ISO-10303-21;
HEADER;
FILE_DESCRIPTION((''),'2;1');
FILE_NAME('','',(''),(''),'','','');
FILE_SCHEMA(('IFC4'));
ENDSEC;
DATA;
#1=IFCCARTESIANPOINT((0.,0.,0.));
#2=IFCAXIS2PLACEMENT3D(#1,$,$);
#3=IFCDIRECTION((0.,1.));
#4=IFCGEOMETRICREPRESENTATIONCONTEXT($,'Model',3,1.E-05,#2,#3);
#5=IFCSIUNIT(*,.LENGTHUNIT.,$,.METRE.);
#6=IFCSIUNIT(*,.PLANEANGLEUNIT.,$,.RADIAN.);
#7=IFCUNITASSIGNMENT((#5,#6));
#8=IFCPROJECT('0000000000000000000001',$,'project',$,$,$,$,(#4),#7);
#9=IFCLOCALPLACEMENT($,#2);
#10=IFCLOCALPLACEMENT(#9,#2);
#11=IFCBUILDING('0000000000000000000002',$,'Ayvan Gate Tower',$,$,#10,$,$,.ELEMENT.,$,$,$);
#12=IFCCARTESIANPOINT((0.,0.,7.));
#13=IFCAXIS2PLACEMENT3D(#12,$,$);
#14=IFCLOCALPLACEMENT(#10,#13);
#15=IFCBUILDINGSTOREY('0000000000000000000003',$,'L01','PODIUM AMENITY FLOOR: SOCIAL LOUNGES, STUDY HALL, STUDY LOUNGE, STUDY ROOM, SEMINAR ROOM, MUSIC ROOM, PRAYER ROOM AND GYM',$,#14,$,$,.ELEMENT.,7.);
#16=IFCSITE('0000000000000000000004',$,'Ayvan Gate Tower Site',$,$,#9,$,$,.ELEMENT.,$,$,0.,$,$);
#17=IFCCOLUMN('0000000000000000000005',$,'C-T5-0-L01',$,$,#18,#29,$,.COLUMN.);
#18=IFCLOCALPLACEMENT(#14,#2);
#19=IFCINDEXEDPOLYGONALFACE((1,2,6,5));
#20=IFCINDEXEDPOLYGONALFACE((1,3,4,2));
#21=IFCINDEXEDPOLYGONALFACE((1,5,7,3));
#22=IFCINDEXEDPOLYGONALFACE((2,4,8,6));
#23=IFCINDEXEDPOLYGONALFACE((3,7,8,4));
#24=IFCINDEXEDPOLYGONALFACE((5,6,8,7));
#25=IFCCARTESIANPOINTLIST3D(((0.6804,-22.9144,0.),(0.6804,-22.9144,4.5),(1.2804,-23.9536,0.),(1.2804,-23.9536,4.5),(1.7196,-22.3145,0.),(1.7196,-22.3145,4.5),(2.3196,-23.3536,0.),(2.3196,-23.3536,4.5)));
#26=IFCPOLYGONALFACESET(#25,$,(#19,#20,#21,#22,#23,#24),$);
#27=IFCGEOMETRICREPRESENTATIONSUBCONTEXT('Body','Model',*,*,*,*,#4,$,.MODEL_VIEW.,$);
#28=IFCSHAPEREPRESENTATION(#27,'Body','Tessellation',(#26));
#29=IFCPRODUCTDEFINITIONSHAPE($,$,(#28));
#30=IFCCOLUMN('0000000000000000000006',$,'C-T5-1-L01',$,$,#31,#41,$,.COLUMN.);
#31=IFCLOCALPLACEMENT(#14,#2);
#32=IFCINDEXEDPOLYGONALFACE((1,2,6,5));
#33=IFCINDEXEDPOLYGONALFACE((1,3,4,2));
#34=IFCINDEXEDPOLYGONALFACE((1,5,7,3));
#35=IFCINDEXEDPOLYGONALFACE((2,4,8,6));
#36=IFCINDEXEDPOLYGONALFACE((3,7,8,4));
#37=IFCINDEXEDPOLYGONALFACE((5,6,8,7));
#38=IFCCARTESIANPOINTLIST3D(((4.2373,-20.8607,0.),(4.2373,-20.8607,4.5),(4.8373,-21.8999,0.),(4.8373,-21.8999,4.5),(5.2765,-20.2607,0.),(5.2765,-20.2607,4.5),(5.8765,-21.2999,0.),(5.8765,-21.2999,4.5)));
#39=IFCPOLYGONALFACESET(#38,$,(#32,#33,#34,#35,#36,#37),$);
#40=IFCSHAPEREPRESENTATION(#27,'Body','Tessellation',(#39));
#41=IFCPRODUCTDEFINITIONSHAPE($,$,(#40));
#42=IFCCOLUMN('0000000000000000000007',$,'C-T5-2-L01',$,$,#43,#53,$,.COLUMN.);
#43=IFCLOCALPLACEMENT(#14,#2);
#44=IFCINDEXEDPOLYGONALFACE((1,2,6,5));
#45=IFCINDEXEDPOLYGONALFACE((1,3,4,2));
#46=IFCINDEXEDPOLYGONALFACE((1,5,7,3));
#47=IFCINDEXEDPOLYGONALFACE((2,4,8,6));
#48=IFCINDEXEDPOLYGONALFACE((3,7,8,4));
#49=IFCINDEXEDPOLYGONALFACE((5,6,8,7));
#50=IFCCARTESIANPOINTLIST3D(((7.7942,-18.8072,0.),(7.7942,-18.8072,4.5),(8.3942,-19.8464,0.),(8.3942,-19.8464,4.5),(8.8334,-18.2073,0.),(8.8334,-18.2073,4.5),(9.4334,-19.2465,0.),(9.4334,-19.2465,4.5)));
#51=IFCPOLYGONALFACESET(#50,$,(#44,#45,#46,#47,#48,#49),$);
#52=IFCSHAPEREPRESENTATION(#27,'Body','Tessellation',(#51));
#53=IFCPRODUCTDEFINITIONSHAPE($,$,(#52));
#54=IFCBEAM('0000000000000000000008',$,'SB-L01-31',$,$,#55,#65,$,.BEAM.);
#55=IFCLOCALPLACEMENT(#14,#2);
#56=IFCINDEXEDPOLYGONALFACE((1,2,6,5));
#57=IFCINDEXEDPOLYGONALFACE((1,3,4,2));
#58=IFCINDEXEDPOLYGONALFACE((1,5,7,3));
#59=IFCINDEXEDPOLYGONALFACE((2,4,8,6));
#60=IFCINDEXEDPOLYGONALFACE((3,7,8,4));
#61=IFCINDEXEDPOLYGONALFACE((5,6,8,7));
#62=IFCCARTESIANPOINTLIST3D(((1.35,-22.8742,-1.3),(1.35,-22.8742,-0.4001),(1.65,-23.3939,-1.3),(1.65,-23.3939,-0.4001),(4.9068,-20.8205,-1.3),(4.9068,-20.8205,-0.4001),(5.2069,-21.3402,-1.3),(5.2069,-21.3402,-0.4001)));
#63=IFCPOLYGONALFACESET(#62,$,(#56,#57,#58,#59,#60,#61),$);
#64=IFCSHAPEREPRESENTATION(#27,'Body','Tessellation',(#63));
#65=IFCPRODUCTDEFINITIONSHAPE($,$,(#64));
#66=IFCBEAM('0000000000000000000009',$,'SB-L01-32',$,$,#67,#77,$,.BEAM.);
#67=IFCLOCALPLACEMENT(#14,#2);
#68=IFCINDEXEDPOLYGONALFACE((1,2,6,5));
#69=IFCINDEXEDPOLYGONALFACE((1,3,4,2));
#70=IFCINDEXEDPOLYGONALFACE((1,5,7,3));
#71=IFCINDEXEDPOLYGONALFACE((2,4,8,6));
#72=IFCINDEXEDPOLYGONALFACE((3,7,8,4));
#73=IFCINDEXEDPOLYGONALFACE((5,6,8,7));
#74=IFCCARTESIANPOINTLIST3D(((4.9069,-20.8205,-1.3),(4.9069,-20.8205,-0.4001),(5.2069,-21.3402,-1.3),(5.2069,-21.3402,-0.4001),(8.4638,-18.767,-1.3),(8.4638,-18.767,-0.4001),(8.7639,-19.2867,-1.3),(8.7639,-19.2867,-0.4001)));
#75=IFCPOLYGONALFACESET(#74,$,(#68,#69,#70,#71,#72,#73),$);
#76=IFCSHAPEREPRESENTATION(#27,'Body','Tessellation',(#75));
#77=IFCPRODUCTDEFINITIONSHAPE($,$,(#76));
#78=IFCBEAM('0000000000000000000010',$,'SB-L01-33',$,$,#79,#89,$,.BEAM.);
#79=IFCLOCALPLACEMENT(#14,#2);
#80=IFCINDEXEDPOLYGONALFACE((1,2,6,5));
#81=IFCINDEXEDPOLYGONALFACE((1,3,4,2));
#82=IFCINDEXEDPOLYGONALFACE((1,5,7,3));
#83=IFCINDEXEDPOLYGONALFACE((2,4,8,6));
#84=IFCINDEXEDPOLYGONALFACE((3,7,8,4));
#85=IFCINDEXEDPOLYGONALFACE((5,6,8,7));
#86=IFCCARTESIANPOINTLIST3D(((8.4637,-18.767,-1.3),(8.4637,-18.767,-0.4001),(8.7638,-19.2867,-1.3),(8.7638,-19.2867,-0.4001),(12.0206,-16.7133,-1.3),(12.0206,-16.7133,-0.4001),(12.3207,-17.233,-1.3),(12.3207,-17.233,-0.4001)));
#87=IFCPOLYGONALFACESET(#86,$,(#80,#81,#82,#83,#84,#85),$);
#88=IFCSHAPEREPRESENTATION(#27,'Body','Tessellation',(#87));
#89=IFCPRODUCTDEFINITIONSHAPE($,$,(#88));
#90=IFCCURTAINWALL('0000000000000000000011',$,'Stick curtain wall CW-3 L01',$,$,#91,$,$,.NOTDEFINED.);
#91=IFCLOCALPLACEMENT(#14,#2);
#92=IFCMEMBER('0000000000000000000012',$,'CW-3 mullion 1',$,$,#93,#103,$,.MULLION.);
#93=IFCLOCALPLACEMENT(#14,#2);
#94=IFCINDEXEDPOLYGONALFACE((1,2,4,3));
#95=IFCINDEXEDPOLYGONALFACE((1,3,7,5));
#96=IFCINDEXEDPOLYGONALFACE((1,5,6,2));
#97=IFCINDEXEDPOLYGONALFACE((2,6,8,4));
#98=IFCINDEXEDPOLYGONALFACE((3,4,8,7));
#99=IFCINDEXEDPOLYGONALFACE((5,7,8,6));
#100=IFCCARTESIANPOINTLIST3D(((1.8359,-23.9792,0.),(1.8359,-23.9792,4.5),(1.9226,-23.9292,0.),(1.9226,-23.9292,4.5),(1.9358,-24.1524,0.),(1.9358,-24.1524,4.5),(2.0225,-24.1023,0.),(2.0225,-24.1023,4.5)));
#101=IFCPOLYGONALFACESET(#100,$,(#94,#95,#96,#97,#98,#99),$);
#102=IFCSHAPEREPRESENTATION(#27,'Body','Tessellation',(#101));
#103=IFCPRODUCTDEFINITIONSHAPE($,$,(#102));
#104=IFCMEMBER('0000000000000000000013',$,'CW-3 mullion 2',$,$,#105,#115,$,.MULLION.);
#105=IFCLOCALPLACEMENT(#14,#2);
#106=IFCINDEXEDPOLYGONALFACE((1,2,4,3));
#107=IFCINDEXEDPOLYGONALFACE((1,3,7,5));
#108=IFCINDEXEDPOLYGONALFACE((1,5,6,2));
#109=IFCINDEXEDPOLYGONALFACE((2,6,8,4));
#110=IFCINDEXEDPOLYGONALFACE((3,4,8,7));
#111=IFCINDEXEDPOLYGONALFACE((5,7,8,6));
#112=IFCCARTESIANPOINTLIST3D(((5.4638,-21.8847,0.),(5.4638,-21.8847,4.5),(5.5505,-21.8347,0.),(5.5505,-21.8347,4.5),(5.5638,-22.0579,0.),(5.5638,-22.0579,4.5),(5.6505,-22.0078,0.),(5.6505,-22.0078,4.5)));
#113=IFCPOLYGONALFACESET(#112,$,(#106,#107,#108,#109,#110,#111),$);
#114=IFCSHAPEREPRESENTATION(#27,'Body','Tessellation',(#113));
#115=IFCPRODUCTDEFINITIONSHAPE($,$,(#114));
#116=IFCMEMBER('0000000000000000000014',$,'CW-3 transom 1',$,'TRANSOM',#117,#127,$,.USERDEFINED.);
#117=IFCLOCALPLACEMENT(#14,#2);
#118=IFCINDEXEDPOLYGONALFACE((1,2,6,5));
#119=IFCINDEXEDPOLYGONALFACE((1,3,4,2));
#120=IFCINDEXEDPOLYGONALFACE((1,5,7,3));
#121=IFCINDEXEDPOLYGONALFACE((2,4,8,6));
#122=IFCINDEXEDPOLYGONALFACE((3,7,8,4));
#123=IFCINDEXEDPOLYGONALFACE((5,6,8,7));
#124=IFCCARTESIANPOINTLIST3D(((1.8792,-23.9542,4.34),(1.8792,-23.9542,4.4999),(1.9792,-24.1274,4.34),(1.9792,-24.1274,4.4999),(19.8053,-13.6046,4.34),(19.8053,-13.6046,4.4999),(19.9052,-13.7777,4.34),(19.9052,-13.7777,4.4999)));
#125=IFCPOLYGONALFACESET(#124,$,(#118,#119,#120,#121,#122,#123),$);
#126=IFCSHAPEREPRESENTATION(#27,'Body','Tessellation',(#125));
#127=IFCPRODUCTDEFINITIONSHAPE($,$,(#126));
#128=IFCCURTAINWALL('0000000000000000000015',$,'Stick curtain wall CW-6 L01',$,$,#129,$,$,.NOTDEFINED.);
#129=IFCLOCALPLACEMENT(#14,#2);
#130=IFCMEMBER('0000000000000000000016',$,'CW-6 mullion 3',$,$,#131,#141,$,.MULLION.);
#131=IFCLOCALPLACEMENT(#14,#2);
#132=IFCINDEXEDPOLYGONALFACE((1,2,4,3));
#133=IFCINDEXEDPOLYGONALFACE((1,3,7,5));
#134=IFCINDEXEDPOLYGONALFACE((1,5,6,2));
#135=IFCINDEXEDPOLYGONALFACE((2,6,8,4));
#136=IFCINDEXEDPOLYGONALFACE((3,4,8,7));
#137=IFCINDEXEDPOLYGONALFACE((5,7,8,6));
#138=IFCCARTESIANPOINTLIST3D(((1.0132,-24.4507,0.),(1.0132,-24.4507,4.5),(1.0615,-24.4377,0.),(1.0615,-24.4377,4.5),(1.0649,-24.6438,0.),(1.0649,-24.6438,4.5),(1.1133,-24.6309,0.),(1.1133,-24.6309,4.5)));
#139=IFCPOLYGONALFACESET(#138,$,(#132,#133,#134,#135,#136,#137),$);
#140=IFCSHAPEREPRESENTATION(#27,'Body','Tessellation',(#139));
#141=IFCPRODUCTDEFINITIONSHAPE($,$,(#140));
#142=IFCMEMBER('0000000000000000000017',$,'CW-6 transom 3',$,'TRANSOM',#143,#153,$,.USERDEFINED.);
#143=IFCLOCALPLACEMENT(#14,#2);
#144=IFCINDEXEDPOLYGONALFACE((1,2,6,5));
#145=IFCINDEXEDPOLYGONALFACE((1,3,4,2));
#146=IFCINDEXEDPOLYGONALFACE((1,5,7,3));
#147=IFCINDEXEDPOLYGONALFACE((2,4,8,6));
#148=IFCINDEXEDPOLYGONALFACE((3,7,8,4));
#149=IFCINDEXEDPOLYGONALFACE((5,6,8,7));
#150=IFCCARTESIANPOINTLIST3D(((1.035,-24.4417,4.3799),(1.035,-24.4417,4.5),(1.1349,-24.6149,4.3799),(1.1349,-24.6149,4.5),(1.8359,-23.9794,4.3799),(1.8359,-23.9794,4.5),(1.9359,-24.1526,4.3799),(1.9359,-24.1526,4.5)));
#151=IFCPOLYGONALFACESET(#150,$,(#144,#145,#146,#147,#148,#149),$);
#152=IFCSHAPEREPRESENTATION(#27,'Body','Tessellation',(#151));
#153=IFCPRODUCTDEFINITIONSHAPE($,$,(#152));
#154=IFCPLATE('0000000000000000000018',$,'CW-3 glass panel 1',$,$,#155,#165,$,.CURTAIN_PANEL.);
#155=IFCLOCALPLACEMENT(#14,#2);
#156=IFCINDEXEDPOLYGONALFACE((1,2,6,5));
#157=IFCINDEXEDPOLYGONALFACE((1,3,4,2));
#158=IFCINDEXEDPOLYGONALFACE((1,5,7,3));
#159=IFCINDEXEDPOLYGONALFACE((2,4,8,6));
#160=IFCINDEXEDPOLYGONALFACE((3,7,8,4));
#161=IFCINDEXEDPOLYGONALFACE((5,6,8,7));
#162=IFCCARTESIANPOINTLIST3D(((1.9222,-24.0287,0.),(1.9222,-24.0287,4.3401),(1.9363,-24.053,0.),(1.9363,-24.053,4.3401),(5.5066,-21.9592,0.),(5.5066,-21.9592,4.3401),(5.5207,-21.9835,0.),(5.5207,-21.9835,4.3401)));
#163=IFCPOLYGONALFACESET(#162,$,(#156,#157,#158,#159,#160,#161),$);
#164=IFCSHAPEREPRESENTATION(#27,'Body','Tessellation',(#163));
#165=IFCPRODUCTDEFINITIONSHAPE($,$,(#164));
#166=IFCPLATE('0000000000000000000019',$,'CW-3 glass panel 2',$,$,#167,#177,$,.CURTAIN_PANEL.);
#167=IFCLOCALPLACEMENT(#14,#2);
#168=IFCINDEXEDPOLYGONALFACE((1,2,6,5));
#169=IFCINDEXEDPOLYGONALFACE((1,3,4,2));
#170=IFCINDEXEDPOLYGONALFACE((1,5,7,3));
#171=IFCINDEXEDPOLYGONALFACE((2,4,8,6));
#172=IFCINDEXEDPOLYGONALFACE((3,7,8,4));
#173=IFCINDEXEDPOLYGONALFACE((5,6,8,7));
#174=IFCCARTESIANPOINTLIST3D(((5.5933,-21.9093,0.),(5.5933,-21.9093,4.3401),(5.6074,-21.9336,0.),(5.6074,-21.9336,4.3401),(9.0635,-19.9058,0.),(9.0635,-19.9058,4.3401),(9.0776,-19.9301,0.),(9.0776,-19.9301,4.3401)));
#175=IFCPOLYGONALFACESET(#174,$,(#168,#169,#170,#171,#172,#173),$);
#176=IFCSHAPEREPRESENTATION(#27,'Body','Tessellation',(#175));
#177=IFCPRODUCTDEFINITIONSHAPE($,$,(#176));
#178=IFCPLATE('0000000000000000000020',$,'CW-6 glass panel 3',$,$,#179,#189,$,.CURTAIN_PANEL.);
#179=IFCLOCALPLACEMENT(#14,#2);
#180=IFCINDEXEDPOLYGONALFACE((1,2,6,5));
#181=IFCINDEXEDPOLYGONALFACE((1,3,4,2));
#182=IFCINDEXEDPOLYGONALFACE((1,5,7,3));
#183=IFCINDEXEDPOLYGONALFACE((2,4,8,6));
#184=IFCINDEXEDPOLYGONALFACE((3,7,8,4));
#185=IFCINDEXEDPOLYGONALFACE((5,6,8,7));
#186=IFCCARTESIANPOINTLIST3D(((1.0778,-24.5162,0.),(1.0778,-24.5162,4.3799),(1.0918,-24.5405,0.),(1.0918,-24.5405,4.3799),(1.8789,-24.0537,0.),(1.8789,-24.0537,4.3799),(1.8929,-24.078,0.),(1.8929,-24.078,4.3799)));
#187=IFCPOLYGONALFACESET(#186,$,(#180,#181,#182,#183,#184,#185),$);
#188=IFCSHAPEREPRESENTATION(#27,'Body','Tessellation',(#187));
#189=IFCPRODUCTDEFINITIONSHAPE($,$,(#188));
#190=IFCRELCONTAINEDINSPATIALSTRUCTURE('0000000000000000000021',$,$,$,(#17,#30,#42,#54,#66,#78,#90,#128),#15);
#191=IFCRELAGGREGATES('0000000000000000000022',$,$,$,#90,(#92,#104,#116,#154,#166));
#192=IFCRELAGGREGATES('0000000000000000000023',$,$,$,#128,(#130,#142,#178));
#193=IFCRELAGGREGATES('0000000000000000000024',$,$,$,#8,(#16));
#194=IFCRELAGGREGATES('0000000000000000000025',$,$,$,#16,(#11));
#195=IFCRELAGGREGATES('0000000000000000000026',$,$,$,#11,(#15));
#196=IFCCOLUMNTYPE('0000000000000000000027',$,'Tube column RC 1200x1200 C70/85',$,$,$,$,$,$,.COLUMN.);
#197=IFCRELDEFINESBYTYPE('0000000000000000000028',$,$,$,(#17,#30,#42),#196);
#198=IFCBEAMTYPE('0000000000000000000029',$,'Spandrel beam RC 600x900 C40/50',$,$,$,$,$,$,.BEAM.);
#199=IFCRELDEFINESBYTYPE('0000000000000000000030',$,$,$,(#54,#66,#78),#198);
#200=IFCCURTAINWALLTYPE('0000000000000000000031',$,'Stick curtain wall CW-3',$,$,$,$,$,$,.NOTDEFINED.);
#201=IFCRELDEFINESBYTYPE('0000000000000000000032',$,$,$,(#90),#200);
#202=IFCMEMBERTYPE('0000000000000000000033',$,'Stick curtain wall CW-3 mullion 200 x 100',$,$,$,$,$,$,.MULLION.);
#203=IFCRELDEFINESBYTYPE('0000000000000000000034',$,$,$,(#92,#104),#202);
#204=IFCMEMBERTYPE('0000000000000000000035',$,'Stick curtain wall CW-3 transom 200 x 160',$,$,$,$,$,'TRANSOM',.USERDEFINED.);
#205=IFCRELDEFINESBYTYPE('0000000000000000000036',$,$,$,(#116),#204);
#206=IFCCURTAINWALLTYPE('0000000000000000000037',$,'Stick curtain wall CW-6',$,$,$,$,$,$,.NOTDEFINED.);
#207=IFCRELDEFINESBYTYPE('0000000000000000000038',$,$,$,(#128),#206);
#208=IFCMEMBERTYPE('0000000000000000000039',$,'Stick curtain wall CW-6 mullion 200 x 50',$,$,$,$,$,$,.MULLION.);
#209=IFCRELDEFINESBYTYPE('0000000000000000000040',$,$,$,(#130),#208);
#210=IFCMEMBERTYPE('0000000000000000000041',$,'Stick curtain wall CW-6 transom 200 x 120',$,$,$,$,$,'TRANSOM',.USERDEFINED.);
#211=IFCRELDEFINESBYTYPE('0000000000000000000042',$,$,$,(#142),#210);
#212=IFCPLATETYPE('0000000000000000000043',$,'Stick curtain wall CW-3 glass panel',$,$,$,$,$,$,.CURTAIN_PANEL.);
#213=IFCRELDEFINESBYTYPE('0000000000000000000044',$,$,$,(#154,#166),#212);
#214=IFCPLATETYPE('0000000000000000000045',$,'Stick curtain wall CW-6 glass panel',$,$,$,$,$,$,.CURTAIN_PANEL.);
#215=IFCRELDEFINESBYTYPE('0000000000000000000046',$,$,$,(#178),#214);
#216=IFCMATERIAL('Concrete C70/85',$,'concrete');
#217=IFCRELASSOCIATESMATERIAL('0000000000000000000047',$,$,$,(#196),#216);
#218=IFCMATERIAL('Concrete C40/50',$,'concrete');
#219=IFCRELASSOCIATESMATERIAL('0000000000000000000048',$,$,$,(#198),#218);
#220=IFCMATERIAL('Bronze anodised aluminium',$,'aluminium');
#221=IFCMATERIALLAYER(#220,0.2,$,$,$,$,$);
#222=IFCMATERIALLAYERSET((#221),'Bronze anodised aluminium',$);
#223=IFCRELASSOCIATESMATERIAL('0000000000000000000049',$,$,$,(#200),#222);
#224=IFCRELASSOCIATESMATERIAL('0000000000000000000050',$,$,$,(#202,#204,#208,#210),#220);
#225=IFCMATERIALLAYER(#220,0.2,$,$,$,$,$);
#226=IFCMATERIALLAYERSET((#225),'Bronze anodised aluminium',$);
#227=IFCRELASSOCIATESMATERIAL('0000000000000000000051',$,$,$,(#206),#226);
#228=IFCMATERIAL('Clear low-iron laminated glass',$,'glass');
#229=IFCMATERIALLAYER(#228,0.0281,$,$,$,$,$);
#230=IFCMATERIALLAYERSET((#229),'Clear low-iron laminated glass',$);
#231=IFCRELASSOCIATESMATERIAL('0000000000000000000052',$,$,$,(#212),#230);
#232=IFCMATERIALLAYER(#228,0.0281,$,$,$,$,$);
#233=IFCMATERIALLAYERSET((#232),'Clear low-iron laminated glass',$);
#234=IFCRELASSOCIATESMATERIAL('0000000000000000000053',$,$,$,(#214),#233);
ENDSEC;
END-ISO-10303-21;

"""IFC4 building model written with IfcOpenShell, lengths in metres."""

from ifc_helpers import new_model, si_unit, direction, frame, origin, origin_2d, place, context, subcontext, project, spatial, rectangle, extrude, material, layer, layer_set, material_profile, profile_set, type_object, element, aggregate, save


model = new_model("IFC4")

# Units and contexts
model_context = context("Model", 3, precision=1e-05, world=origin(), true_north=direction((0.0, 1.0)))
body_context = subcontext(model_context, "Body", "Model", "MODEL_VIEW")
ifc_project = project(units=[si_unit("LENGTHUNIT", "METRE"), si_unit("PLANEANGLEUNIT", "RADIAN")], contexts=[model_context])

# Site, building, storey
site_placement = place(None, origin())
site = spatial("IfcSite", under=ifc_project, at=site_placement, Name="Ayvan Gate Tower Site", CompositionType="ELEMENT", RefElevation=0.0)
building_placement = place(site_placement, origin())
building = spatial("IfcBuilding", under=site, at=building_placement, Name="Ayvan Gate Tower", CompositionType="ELEMENT")
storey_placement = place(building_placement, frame((0.0, 0.0, 7.0)))
storey = spatial("IfcBuildingStorey", under=building, at=storey_placement, Name="L01", Description="PODIUM AMENITY FLOOR: SOCIAL LOUNGES, STUDY HALL, STUDY LOUNGE, STUDY ROOM, SEMINAR ROOM, MUSIC ROOM, PRAYER ROOM AND GYM", CompositionType="ELEMENT", Elevation=7.0)

# Columns
ifc_material_1 = material(Name="Concrete C70/85", Category="concrete")
ifc_material_profile_1 = material_profile(ifc_material_1, rectangle(XDim=1.2, YDim=1.2, at=origin_2d()), Name="RC 1200x1200")
ifc_profile_set_1 = profile_set([ifc_material_profile_1], Name="Concrete C70/85")
column_type = type_object("IfcColumnType", Name="Tube column RC 1200x1200 C70/85", PredefinedType="COLUMN", material=ifc_profile_set_1)
for number, where, z_axis, x_axis, name in (
    (1, (1.5, -23.134, 0.0), (0.0, 0.0, 1.0), (0.5, -0.866025, 0.0), "C-T5-0-L01"),
    (2, (5.0569, -21.0803, 0.0), (0.0, 0.0, 1.0), (0.5, -0.866025, 0.0), "C-T5-1-L01"),
    (3, (8.6138, -19.0269, 0.0), (0.0, 0.0, 1.0), (0.5, -0.866025, 0.0), "C-T5-2-L01"),
):
    element("IfcColumn", number, at=place(storey_placement, frame(where, z_axis=z_axis, x_axis=x_axis)), inside=storey, type_object=column_type, Name=name, PredefinedType="COLUMN", context=body_context, shape_type="SweptSolid", body=[
        extrude(rectangle(XDim=1.2, YDim=1.2, at=origin_2d()), origin(), (0.0, 0.0, 1.0), 4.5),
    ])

# Beams
ifc_material_2 = material(Name="Concrete C40/50", Category="concrete")
ifc_material_profile_2 = material_profile(ifc_material_2, rectangle(XDim=0.6001, YDim=0.8999, at=origin_2d()), Name="RC 600x900")
ifc_profile_set_2 = profile_set([ifc_material_profile_2], Name="Concrete C40/50")
beam_type = type_object("IfcBeamType", Name="Spandrel beam RC 600x900 C40/50", PredefinedType="BEAM", material=ifc_profile_set_2)
for number, where, z_axis, x_axis, name in (
    (4, (1.5, -23.134, -0.8501), (0.86601, 0.500026, 0.0), (-0.500026, 0.86601, 0.0), "SB-L01-31"),
    (5, (5.0569, -21.0803, -0.8501), (0.866036, 0.499981, 0.0), (-0.499981, 0.866036, 0.0), "SB-L01-32"),
    (6, (8.6138, -19.0269, -0.8501), (0.86601, 0.500026, 0.0), (-0.500026, 0.86601, 0.0), "SB-L01-33"),
):
    element("IfcBeam", number, at=place(storey_placement, frame(where, z_axis=z_axis, x_axis=x_axis)), inside=storey, type_object=beam_type, Name=name, PredefinedType="BEAM", context=body_context, shape_type="SweptSolid", body=[
        extrude(rectangle(XDim=0.6001, YDim=0.8999, at=origin_2d()), origin(), (0.0, 0.0, 1.0), 4.1072),
    ])

# Curtain walls, members
ifc_material_3 = material(Name="Bronze anodised aluminium", Category="aluminium")
ifc_layer_1 = layer(ifc_material_3, 0.2)
ifc_layer_set_1 = layer_set([ifc_layer_1], Name="Bronze anodised aluminium")
curtain_wall_type_1 = type_object("IfcCurtainWallType", Name="Stick curtain wall CW-3", PredefinedType="NOTDEFINED", material=ifc_layer_set_1)
curtain_wall_1_placement = place(storey_placement, origin())
curtain_wall_1 = element("IfcCurtainWall", 7, at=curtain_wall_1_placement, inside=storey, type_object=curtain_wall_type_1, Name="Stick curtain wall CW-3 L01", PredefinedType="NOTDEFINED")
ifc_material_profile_3 = material_profile(ifc_material_3, rectangle(XDim=0.2, YDim=0.1001, at=origin_2d()), Name="Stick curtain wall CW-3 mullion 200 x 100")
ifc_profile_set_3 = profile_set([ifc_material_profile_3], Name="Bronze anodised aluminium")
member_type_1 = type_object("IfcMemberType", Name="Stick curtain wall CW-3 mullion 200 x 100", PredefinedType="MULLION", material=ifc_profile_set_3)
member_1_placement = place(storey_placement, frame((1.9292, -24.0408, 0.0), z_axis=(0.0, 0.0, 1.0), x_axis=(0.5, -0.866025, 0.0)))
member_1 = element("IfcMember", 8, at=member_1_placement, type_object=member_type_1, Name="CW-3 mullion 1", PredefinedType="MULLION", context=body_context, shape_type="SweptSolid", body=[
    extrude(rectangle(XDim=0.2, YDim=0.1001, at=origin_2d()), origin(), (0.0, 0.0, 1.0), 4.5),
])
member_2_placement = place(storey_placement, frame((5.5571, -21.9463, 0.0), z_axis=(0.0, 0.0, 1.0), x_axis=(0.5, -0.866025, 0.0)))
member_2 = element("IfcMember", 9, at=member_2_placement, type_object=member_type_1, Name="CW-3 mullion 2", PredefinedType="MULLION", context=body_context, shape_type="SweptSolid", body=[
    extrude(rectangle(XDim=0.2, YDim=0.1001, at=origin_2d()), origin(), (0.0, 0.0, 1.0), 4.5),
])
ifc_material_profile_4 = material_profile(ifc_material_3, rectangle(XDim=0.2, YDim=0.1599, at=origin_2d()), Name="Stick curtain wall CW-3 transom 200 x 160")
ifc_profile_set_4 = profile_set([ifc_material_profile_4], Name="Bronze anodised aluminium")
member_type_2 = type_object("IfcMemberType", Name="Stick curtain wall CW-3 transom 200 x 160", ElementType="TRANSOM", PredefinedType="USERDEFINED", material=ifc_profile_set_4)
member_3_placement = place(storey_placement, frame((1.9292, -24.0408, 4.4199), z_axis=(0.866025, 0.5, 0.0), x_axis=(-0.5, 0.866025, 0.0)))
member_3 = element("IfcMember", 10, at=member_3_placement, type_object=member_type_2, Name="CW-3 transom 1", ObjectType="TRANSOM", PredefinedType="USERDEFINED", context=body_context, shape_type="SweptSolid", body=[
    extrude(rectangle(XDim=0.2, YDim=0.1599, at=origin_2d()), origin(), (0.0, 0.0, 1.0), 20.6992),
])
ifc_layer_2 = layer(ifc_material_3, 0.2)
ifc_layer_set_2 = layer_set([ifc_layer_2], Name="Bronze anodised aluminium")
curtain_wall_type_2 = type_object("IfcCurtainWallType", Name="Stick curtain wall CW-6", PredefinedType="NOTDEFINED", material=ifc_layer_set_2)
curtain_wall_2_placement = place(storey_placement, origin())
curtain_wall_2 = element("IfcCurtainWall", 11, at=curtain_wall_2_placement, inside=storey, type_object=curtain_wall_type_2, Name="Stick curtain wall CW-6 L01", PredefinedType="NOTDEFINED")
ifc_material_profile_5 = material_profile(ifc_material_3, rectangle(XDim=0.2, YDim=0.05, at=origin_2d()), Name="Stick curtain wall CW-6 mullion 200 x 50")
ifc_profile_set_5 = profile_set([ifc_material_profile_5], Name="Bronze anodised aluminium")
member_type_3 = type_object("IfcMemberType", Name="Stick curtain wall CW-6 mullion 200 x 50", PredefinedType="MULLION", material=ifc_profile_set_5)
member_4_placement = place(storey_placement, frame((1.0632, -24.5408, 0.0), z_axis=(0.0, 0.0, 1.0), x_axis=(0.258819, -0.965926, 0.0)))
member_4 = element("IfcMember", 12, at=member_4_placement, type_object=member_type_3, Name="CW-6 mullion 3", PredefinedType="MULLION", context=body_context, shape_type="SweptSolid", body=[
    extrude(rectangle(XDim=0.2, YDim=0.05, at=origin_2d()), origin(), (0.0, 0.0, 1.0), 4.5),
])
ifc_material_profile_6 = material_profile(ifc_material_3, rectangle(XDim=0.2, YDim=0.1201, at=origin_2d()), Name="Stick curtain wall CW-6 transom 200 x 120")
ifc_profile_set_6 = profile_set([ifc_material_profile_6], Name="Bronze anodised aluminium")
member_type_4 = type_object("IfcMemberType", Name="Stick curtain wall CW-6 transom 200 x 120", ElementType="TRANSOM", PredefinedType="USERDEFINED", material=ifc_profile_set_6)
member_5_placement = place(storey_placement, frame((1.085, -24.5283, 4.4399), z_axis=(0.866058, 0.499943, 0.0), x_axis=(-0.499943, 0.866058, 0.0)))
member_5 = element("IfcMember", 13, at=member_5_placement, type_object=member_type_4, Name="CW-6 transom 3", ObjectType="TRANSOM", PredefinedType="USERDEFINED", context=body_context, shape_type="SweptSolid", body=[
    extrude(rectangle(XDim=0.2, YDim=0.1201, at=origin_2d()), origin(), (0.0, 0.0, 1.0), 0.9248),
])

# Plates
ifc_material_4 = material(Name="Clear low-iron laminated glass", Category="glass")
ifc_layer_3 = layer(ifc_material_4, 0.0281)
ifc_layer_set_3 = layer_set([ifc_layer_3], Name="Clear low-iron laminated glass")
plate_type_1 = type_object("IfcPlateType", Name="Stick curtain wall CW-3 glass panel", PredefinedType="CURTAIN_PANEL", material=ifc_layer_set_3)
plate_1_placement = place(storey_placement, frame((3.7214, -23.0061, 0.0), z_axis=(0.0, 0.0, 1.0), x_axis=(0.866025, 0.5, 0.0)))
plate_1 = element("IfcPlate", 14, at=plate_1_placement, type_object=plate_type_1, Name="CW-3 glass panel 1", PredefinedType="CURTAIN_PANEL", context=body_context, shape_type="SweptSolid", body=[
    extrude(rectangle(XDim=4.1389, YDim=0.0281, at=origin_2d()), origin(), (0.0, 0.0, 1.0), 4.3401),
])
plate_2_placement = place(storey_placement, frame((7.3354, -20.9197, 0.0), z_axis=(0.0, 0.0, 1.0), x_axis=(0.866025, 0.5, 0.0)))
plate_2 = element("IfcPlate", 15, at=plate_2_placement, type_object=plate_type_1, Name="CW-3 glass panel 2", PredefinedType="CURTAIN_PANEL", context=body_context, shape_type="SweptSolid", body=[
    extrude(rectangle(XDim=4.0071, YDim=0.0281, at=origin_2d()), origin(), (0.0, 0.0, 1.0), 4.3401),
])
aggregate(curtain_wall_1, [member_1, member_2, member_3, plate_1, plate_2])
ifc_layer_4 = layer(ifc_material_4, 0.0281)
ifc_layer_set_4 = layer_set([ifc_layer_4], Name="Clear low-iron laminated glass")
plate_type_2 = type_object("IfcPlateType", Name="Stick curtain wall CW-6 glass panel", PredefinedType="CURTAIN_PANEL", material=ifc_layer_set_4)
plate_3_placement = place(storey_placement, frame((1.4854, -24.2971, 0.0), z_axis=(0.0, 0.0, 1.0), x_axis=(0.866025, 0.5, 0.0)))
plate_3 = element("IfcPlate", 16, at=plate_3_placement, type_object=plate_type_2, Name="CW-6 glass panel 3", PredefinedType="CURTAIN_PANEL", context=body_context, shape_type="SweptSolid", body=[
    extrude(rectangle(XDim=0.925, YDim=0.0281, at=origin_2d()), origin(), (0.0, 0.0, 1.0), 4.3799),
])
aggregate(curtain_wall_2, [member_4, member_5, plate_3])

save(model, "model.ifc")
